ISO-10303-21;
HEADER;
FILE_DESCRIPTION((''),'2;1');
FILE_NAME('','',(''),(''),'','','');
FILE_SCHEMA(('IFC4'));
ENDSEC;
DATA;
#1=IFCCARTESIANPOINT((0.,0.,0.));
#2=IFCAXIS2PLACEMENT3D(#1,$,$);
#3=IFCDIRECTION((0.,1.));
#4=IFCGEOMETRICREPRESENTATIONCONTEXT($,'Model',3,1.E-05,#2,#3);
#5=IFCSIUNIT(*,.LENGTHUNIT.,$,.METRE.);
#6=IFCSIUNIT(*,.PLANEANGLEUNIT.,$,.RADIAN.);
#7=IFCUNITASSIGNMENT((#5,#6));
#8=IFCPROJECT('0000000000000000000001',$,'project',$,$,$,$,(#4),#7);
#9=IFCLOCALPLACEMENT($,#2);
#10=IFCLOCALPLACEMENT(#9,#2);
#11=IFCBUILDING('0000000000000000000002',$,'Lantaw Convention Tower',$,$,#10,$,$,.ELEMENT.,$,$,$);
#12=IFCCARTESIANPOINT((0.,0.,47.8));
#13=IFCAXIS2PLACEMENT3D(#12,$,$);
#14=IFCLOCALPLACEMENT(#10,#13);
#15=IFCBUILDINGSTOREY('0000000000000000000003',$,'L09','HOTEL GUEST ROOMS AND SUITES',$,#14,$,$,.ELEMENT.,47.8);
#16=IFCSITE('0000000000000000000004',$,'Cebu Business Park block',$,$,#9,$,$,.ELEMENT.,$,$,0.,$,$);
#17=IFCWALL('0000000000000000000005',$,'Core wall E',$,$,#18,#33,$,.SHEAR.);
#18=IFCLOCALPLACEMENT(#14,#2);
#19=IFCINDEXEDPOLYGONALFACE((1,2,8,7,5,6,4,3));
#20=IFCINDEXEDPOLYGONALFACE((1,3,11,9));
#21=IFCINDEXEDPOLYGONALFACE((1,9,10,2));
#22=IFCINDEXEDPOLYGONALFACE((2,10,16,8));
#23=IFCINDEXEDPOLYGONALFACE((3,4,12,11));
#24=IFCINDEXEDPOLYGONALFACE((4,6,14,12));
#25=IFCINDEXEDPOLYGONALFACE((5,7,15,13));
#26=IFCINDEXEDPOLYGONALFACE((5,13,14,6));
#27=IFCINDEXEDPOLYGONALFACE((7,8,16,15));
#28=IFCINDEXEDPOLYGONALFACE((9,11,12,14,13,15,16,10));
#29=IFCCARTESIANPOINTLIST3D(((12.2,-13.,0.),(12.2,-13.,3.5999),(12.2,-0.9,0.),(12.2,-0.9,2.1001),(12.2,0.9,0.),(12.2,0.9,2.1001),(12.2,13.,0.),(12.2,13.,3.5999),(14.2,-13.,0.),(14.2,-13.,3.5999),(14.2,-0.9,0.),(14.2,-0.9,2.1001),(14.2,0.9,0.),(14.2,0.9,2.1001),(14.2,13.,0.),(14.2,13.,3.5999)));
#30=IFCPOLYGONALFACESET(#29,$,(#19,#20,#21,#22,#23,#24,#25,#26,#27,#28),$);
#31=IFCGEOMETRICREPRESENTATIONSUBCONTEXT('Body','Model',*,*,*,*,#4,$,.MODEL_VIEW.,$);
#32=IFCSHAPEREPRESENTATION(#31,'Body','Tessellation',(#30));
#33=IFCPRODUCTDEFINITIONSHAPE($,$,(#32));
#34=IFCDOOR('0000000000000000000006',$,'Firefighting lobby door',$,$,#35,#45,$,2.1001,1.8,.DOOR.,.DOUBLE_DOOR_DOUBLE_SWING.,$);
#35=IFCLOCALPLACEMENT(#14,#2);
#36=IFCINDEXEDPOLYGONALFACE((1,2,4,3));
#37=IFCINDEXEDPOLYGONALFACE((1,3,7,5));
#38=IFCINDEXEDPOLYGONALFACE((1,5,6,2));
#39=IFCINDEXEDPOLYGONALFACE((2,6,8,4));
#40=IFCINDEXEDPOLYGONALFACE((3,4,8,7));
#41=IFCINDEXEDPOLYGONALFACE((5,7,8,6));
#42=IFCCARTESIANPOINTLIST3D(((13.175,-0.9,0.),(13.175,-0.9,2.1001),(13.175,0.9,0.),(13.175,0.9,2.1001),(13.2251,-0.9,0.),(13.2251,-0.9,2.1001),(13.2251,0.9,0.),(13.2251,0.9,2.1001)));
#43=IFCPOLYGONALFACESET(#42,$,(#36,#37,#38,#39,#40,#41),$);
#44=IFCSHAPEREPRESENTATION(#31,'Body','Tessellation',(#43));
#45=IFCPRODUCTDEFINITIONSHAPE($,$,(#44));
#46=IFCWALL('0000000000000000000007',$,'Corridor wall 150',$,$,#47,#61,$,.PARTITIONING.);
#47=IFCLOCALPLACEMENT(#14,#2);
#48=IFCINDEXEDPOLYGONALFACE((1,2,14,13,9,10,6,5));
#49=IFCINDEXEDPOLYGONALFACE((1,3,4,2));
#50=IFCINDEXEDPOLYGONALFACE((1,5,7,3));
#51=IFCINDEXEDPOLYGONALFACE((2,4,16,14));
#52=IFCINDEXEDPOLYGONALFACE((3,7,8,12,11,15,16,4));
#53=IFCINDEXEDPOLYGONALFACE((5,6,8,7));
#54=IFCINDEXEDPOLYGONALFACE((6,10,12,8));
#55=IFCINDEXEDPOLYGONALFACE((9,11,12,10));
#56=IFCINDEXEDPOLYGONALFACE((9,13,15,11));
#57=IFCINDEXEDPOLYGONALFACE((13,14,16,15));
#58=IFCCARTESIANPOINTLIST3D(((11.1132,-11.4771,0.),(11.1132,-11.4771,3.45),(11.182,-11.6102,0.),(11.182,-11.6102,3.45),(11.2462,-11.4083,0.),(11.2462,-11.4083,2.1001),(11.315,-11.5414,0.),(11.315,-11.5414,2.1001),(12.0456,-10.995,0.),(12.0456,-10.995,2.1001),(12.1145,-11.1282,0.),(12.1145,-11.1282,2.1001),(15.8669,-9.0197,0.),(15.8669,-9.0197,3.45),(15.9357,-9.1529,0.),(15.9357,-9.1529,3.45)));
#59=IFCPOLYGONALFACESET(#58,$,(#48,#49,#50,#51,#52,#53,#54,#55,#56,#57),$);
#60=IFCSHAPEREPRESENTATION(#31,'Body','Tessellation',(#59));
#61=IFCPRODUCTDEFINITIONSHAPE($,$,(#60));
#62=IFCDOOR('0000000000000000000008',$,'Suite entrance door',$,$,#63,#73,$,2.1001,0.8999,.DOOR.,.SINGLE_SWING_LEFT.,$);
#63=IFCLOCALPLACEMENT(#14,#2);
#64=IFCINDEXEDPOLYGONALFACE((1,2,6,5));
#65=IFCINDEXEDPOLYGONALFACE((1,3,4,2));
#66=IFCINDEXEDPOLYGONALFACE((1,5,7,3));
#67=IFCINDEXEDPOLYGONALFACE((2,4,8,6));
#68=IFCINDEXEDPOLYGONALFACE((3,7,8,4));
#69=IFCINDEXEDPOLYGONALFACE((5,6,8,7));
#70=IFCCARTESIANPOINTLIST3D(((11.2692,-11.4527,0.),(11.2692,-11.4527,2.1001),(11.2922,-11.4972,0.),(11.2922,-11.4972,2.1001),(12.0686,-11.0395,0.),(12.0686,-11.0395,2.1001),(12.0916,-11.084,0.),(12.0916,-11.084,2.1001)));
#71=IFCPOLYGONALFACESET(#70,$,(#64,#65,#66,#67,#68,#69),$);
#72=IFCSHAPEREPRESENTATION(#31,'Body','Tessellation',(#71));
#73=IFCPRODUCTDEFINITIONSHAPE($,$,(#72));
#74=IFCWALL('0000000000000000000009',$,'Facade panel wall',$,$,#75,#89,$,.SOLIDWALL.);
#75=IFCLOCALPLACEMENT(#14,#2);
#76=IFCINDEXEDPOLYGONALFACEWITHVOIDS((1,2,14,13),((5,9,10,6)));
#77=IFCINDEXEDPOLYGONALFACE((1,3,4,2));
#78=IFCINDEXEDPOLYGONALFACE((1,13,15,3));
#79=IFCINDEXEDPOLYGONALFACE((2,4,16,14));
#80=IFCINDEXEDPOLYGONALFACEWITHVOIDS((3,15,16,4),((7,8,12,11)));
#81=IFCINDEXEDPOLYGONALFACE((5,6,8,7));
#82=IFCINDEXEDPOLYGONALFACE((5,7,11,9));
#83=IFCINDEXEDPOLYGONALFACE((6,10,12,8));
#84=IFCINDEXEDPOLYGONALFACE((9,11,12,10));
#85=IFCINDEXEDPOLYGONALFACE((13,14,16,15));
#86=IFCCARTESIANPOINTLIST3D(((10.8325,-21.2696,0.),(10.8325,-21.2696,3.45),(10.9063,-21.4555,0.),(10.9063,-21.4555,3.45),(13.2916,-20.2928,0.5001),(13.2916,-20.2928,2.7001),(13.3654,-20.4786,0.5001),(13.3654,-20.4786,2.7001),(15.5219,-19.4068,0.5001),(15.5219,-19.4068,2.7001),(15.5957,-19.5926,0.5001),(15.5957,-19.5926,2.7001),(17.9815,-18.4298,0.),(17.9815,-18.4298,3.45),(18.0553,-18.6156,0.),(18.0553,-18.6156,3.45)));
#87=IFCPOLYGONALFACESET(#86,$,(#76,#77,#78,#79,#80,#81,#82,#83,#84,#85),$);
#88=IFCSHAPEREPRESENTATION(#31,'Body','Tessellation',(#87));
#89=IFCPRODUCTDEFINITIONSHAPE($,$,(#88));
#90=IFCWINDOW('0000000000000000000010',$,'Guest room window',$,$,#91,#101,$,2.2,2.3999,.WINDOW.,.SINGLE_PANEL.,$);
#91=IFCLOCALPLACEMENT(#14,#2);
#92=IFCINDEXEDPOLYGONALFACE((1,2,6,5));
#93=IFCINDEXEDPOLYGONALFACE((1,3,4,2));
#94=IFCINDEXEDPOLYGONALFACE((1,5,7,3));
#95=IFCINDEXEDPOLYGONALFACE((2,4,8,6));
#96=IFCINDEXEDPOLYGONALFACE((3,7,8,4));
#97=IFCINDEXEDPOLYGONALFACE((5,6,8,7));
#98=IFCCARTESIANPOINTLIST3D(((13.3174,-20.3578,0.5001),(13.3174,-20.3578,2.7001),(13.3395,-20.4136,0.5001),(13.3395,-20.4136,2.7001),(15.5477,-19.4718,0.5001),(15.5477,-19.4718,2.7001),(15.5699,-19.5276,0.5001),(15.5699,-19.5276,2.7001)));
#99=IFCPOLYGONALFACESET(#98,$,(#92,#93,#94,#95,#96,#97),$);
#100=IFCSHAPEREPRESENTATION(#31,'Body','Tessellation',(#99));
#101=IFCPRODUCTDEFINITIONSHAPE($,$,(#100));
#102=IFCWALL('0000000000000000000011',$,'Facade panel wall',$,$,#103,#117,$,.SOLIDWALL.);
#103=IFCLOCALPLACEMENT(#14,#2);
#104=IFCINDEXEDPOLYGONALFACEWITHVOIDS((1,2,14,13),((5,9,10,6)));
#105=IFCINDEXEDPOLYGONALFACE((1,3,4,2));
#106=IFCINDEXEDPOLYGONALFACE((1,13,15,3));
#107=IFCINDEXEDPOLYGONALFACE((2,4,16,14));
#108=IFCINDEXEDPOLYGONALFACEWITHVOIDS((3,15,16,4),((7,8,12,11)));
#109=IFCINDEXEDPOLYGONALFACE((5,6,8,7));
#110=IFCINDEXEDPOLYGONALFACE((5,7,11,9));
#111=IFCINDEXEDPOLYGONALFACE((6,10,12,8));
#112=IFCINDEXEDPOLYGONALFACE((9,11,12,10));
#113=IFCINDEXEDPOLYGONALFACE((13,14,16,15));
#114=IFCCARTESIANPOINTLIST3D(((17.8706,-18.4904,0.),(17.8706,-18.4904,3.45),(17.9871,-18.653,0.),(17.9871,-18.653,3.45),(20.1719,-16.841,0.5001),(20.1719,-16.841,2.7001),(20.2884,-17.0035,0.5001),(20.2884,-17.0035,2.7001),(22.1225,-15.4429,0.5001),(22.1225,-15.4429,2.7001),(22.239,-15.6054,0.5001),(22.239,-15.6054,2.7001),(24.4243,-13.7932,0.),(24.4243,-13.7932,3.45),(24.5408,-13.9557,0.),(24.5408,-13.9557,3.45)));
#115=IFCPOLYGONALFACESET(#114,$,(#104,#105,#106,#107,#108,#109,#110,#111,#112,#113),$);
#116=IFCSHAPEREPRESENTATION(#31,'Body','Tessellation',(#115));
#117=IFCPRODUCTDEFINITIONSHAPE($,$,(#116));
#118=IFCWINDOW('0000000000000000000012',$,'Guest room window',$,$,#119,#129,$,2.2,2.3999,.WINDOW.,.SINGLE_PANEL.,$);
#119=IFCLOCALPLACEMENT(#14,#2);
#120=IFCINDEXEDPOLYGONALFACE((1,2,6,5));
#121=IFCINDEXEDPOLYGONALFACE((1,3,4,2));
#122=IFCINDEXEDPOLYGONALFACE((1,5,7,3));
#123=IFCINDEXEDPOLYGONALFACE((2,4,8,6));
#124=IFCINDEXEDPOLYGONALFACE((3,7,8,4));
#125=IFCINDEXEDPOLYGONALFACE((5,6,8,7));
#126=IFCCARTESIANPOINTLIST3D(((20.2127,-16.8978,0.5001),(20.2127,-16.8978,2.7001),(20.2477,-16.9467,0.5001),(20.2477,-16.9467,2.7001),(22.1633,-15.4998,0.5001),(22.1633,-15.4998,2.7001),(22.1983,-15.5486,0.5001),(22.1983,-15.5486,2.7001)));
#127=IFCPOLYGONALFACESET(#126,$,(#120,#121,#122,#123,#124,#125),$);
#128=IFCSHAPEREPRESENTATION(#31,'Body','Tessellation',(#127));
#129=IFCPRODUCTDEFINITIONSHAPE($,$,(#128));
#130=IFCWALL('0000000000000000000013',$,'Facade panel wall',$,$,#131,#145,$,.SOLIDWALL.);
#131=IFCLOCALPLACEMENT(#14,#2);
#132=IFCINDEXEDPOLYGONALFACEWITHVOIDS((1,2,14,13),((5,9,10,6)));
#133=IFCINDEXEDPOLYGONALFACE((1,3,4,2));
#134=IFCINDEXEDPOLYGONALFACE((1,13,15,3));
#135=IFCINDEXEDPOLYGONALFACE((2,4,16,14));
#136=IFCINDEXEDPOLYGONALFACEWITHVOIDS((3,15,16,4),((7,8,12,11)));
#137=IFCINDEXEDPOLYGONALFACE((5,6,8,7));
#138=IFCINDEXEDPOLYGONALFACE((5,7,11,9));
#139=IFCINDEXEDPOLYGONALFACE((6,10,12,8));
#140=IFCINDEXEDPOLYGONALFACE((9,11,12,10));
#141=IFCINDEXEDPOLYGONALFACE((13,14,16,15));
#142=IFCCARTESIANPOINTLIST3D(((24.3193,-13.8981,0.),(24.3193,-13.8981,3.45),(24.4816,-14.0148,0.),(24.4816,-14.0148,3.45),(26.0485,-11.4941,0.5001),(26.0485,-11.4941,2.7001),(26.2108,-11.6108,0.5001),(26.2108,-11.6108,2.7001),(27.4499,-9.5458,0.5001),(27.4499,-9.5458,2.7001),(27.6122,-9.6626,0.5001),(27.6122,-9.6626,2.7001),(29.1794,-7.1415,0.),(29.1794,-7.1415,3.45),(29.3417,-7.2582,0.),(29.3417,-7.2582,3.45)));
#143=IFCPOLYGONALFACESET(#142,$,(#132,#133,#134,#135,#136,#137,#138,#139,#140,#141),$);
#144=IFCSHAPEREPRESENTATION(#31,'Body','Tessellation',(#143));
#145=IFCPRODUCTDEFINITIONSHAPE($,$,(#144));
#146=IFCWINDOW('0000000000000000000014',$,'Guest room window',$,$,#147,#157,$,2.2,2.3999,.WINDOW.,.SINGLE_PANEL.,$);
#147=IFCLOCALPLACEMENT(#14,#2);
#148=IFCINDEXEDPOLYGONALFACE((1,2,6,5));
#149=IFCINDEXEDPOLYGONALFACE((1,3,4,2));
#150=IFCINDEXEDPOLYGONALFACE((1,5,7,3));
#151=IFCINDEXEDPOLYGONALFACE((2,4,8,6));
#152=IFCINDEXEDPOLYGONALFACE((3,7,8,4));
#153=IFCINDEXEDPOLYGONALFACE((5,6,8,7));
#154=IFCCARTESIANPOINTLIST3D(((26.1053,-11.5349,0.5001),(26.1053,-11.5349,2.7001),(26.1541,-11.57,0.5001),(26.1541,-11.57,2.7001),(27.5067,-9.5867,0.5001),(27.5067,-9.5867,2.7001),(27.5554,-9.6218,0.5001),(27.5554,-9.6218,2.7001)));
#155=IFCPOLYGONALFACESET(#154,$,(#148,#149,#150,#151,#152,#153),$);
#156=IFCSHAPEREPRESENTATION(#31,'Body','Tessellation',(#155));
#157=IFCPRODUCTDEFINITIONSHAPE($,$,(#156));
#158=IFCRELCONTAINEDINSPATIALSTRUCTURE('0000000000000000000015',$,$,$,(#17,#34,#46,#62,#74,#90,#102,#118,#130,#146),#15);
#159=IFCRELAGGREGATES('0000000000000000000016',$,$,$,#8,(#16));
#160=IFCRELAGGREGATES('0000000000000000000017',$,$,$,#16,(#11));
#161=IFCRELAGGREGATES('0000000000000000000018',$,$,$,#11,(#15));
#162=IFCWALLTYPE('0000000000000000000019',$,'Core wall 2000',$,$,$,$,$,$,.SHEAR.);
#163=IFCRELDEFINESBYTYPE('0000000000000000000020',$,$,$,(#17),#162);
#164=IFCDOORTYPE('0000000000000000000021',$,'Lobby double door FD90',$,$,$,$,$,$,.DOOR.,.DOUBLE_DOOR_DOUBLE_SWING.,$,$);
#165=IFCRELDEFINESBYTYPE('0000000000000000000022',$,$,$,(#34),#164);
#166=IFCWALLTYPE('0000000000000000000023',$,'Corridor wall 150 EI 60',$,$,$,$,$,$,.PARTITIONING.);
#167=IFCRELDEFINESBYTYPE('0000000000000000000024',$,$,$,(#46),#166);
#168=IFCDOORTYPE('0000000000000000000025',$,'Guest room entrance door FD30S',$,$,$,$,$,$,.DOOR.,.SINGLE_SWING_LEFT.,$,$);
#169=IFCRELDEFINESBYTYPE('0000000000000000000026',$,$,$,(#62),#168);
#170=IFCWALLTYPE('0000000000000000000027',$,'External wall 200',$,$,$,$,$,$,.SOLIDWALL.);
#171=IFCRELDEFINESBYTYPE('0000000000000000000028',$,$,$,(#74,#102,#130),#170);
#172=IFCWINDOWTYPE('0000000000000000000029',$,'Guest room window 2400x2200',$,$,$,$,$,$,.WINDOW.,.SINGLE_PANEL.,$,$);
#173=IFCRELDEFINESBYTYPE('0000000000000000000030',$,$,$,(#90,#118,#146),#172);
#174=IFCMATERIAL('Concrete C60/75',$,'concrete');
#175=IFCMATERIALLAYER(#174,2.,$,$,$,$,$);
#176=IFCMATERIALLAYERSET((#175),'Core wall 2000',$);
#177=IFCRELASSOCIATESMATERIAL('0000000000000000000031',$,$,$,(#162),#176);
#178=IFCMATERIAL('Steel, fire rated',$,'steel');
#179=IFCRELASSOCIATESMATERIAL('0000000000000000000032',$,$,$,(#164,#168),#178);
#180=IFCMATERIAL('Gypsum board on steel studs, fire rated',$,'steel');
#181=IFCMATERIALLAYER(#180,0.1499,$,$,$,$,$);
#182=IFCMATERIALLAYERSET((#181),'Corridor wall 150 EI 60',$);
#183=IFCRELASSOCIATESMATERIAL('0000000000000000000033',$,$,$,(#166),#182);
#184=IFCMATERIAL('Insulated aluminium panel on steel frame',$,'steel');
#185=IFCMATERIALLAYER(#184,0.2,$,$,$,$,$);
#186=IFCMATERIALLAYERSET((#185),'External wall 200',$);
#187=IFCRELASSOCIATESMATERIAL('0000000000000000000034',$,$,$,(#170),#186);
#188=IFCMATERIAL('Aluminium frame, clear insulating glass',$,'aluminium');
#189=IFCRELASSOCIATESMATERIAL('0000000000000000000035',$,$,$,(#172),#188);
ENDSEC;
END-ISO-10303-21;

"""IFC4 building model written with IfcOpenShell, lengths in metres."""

from ifc_helpers import new_model, si_unit, direction, frame, frame_2d, origin, place, context, subcontext, project, spatial, rectangle, extrude, material, layer, layer_set, type_object, element, fill, save


model = new_model("IFC4")

# Units and contexts
model_context = context("Model", 3, precision=1e-05, world=origin(), true_north=direction((0.0, 1.0)))
body_context = subcontext(model_context, "Body", "Model", "MODEL_VIEW")
ifc_project = project(units=[si_unit("LENGTHUNIT", "METRE"), si_unit("PLANEANGLEUNIT", "RADIAN")], contexts=[model_context])

# Site, building, storey
site_placement = place(None, origin())
site = spatial("IfcSite", under=ifc_project, at=site_placement, Name="Cebu Business Park block", CompositionType="ELEMENT", RefElevation=0.0)
building_placement = place(site_placement, origin())
building = spatial("IfcBuilding", under=site, at=building_placement, Name="Lantaw Convention Tower", CompositionType="ELEMENT")
storey_placement = place(building_placement, frame((0.0, 0.0, 47.8)))
storey = spatial("IfcBuildingStorey", under=building, at=storey_placement, Name="L09", Description="HOTEL GUEST ROOMS AND SUITES", CompositionType="ELEMENT", Elevation=47.8)

# Shared definitions
ifc_material_1 = material(Name="Concrete C60/75", Category="concrete")

# Walls, openings, doors
ifc_layer_1 = layer(ifc_material_1, 2.0)
ifc_layer_set_1 = layer_set([ifc_layer_1], Name="Core wall 2000")
wall_type_1 = type_object("IfcWallType", Name="Core wall 2000", PredefinedType="SHEAR", material=ifc_layer_set_1)
wall_1_placement = place(storey_placement, frame((13.2, -13.0, 0.0), z_axis=(0.0, 0.0, 1.0), x_axis=(0.0, 1.0, 0.0)))
wall_1 = element("IfcWall", 1, at=wall_1_placement, inside=storey, type_object=wall_type_1, Name="Core wall E", PredefinedType="SHEAR", context=body_context, shape_type="SweptSolid", body=[
    extrude(rectangle(XDim=26.0, YDim=2.0, at=frame_2d((13.0, 0.0))), origin(), (0.0, 0.0, 1.0), 3.5999),
])
opening_1_placement = place(wall_1_placement, frame((12.1001, 0.0, 0.0)))
opening_1 = element("IfcOpeningElement", 2, at=opening_1_placement, cuts=wall_1, PredefinedType="OPENING", context=body_context, shape_type="SweptSolid", body=[
    extrude(rectangle(XDim=1.8, YDim=2.1001, at=frame_2d((0.8999, 1.05))), frame((0.0, 1.01, 0.0), z_axis=(0.0, -1.0, 0.0), x_axis=(1.0, 0.0, 0.0)), (0.0, 0.0, 1.0), 2.02),
])
ifc_material_2 = material(Name="Steel, fire rated", Category="steel")
door_type_1 = type_object("IfcDoorType", Name="Lobby double door FD90", OperationType="DOUBLE_DOOR_DOUBLE_SWING", PredefinedType="DOOR", material=ifc_material_2)
door_1_placement = place(opening_1_placement, origin())
door_1 = element("IfcDoor", 3, at=door_1_placement, inside=storey, type_object=door_type_1, Name="Firefighting lobby door", OperationType="DOUBLE_DOOR_DOUBLE_SWING", OverallHeight=2.1001, OverallWidth=1.8, PredefinedType="DOOR", context=body_context, shape_type="SweptSolid", body=[
    extrude(rectangle(XDim=1.8, YDim=2.1001, at=frame_2d((0.8999, 1.05))), frame((0.0, 0.0249, 0.0), z_axis=(0.0, -1.0, 0.0), x_axis=(1.0, 0.0, 0.0)), (0.0, 0.0, 1.0), 0.05),
])
fill(opening_1, door_1)
ifc_material_3 = material(Name="Gypsum board on steel studs, fire rated", Category="steel")
ifc_layer_2 = layer(ifc_material_3, 0.1499)
ifc_layer_set_2 = layer_set([ifc_layer_2], Name="Corridor wall 150 EI 60")
wall_type_2 = type_object("IfcWallType", Name="Corridor wall 150 EI 60", PredefinedType="PARTITIONING", material=ifc_layer_set_2)
wall_2_placement = place(storey_placement, frame((11.1475, -11.5437, 0.0), z_axis=(0.0, 0.0, 1.0), x_axis=(0.888333, 0.459199, 0.0)))
wall_2 = element("IfcWall", 4, at=wall_2_placement, inside=storey, type_object=wall_type_2, Name="Corridor wall 150", PredefinedType="PARTITIONING", context=body_context, shape_type="SweptSolid", body=[
    extrude(rectangle(XDim=5.3513, YDim=0.1499, at=frame_2d((2.6758, 0.0))), origin(), (0.0, 0.0, 1.0), 3.45),
])
opening_2_placement = place(wall_2_placement, frame((0.1499, 0.0, 0.0)))
opening_2 = element("IfcOpeningElement", 5, at=opening_2_placement, cuts=wall_2, PredefinedType="OPENING", context=body_context, shape_type="SweptSolid", body=[
    extrude(rectangle(XDim=0.8999, YDim=2.1001, at=frame_2d((0.45, 1.05))), frame((0.0, 0.085, 0.0), z_axis=(0.0, -1.0, 0.0), x_axis=(1.0, 0.0, 0.0)), (0.0, 0.0, 1.0), 0.1699),
])
door_type_2 = type_object("IfcDoorType", Name="Guest room entrance door FD30S", OperationType="SINGLE_SWING_LEFT", PredefinedType="DOOR", material=ifc_material_2)
door_2_placement = place(opening_2_placement, origin())
door_2 = element("IfcDoor", 6, at=door_2_placement, inside=storey, type_object=door_type_2, Name="Suite entrance door", OperationType="SINGLE_SWING_LEFT", OverallHeight=2.1001, OverallWidth=0.8999, PredefinedType="DOOR", context=body_context, shape_type="SweptSolid", body=[
    extrude(rectangle(XDim=0.8999, YDim=2.1001, at=frame_2d((0.45, 1.05))), frame((0.0, 0.0249, 0.0), z_axis=(0.0, -1.0, 0.0), x_axis=(1.0, 0.0, 0.0)), (0.0, 0.0, 1.0), 0.05),
])
fill(opening_2, door_2)

# Walls, openings, windows
ifc_material_4 = material(Name="Insulated aluminium panel on steel frame", Category="steel")
ifc_layer_3 = layer(ifc_material_4, 0.2)
ifc_layer_set_3 = layer_set([ifc_layer_3], Name="External wall 200")
wall_type_3 = type_object("IfcWallType", Name="External wall 200", PredefinedType="SOLIDWALL", material=ifc_layer_set_3)
wall_3_placement = place(storey_placement, frame((10.8694, -21.3625, 0.0), z_axis=(0.0, 0.0, 1.0), x_axis=(0.929358, 0.369179, 0.0)))
wall_3 = element("IfcWall", 7, at=wall_3_placement, inside=storey, type_object=wall_type_3, Name="Facade panel wall", PredefinedType="SOLIDWALL", context=body_context, shape_type="SweptSolid", body=[
    extrude(rectangle(XDim=7.6924, YDim=0.2, at=frame_2d((3.8462, 0.0))), origin(), (0.0, 0.0, 1.0), 3.45),
])
opening_3_placement = place(wall_3_placement, frame((2.646, 0.0, 0.5)))
opening_3 = element("IfcOpeningElement", 8, at=opening_3_placement, cuts=wall_3, PredefinedType="OPENING", context=body_context, shape_type="SweptSolid", body=[
    extrude(rectangle(XDim=2.3999, YDim=2.2, at=frame_2d((1.2, 1.1001))), frame((0.0, 0.1099, 0.0), z_axis=(0.0, -1.0, 0.0), x_axis=(1.0, 0.0, 0.0)), (0.0, 0.0, 1.0), 0.22),
])
ifc_material_5 = material(Name="Aluminium frame, clear insulating glass", Category="aluminium")
window_type = type_object("IfcWindowType", Name="Guest room window 2400x2200", PartitioningType="SINGLE_PANEL", PredefinedType="WINDOW", material=ifc_material_5)
window_1_placement = place(opening_3_placement, origin())
window_1 = element("IfcWindow", 9, at=window_1_placement, inside=storey, type_object=window_type, Name="Guest room window", OverallHeight=2.2, OverallWidth=2.3999, PartitioningType="SINGLE_PANEL", PredefinedType="WINDOW", context=body_context, shape_type="SweptSolid", body=[
    extrude(rectangle(XDim=2.3999, YDim=2.2, at=frame_2d((1.2, 1.1001))), frame((0.0, 0.03, 0.0), z_axis=(0.0, -1.0, 0.0), x_axis=(1.0, 0.0, 0.0)), (0.0, 0.0, 1.0), 0.0601),
])
fill(opening_3, window_1)
wall_4_placement = place(storey_placement, frame((17.9287, -18.5718, 0.0), z_axis=(0.0, 0.0, 1.0), x_axis=(0.812791, 0.582555, 0.0)))
wall_4 = element("IfcWall", 10, at=wall_4_placement, inside=storey, type_object=wall_type_3, Name="Facade panel wall", PredefinedType="SOLIDWALL", context=body_context, shape_type="SweptSolid", body=[
    extrude(rectangle(XDim=8.0632, YDim=0.2, at=frame_2d((4.0317, 0.0))), origin(), (0.0, 0.0, 1.0), 3.45),
])
opening_4_placement = place(wall_4_placement, frame((2.8315, 0.0, 0.5)))
opening_4 = element("IfcOpeningElement", 11, at=opening_4_placement, cuts=wall_4, PredefinedType="OPENING", context=body_context, shape_type="SweptSolid", body=[
    extrude(rectangle(XDim=2.3999, YDim=2.2, at=frame_2d((1.2, 1.1001))), frame((0.0, 0.1099, 0.0), z_axis=(0.0, -1.0, 0.0), x_axis=(1.0, 0.0, 0.0)), (0.0, 0.0, 1.0), 0.22),
])
window_2_placement = place(opening_4_placement, origin())
window_2 = element("IfcWindow", 12, at=window_2_placement, inside=storey, type_object=window_type, Name="Guest room window", OverallHeight=2.2, OverallWidth=2.3999, PartitioningType="SINGLE_PANEL", PredefinedType="WINDOW", context=body_context, shape_type="SweptSolid", body=[
    extrude(rectangle(XDim=2.3999, YDim=2.2, at=frame_2d((1.2, 1.1001))), frame((0.0, 0.03, 0.0), z_axis=(0.0, -1.0, 0.0), x_axis=(1.0, 0.0, 0.0)), (0.0, 0.0, 1.0), 0.0601),
])
fill(opening_4, window_2)
wall_5_placement = place(storey_placement, frame((24.4004, -13.9565, 0.0), z_axis=(0.0, 0.0, 1.0), x_axis=(0.583938, 0.811799, 0.0)))
wall_5 = element("IfcWall", 13, at=wall_5_placement, inside=storey, type_object=wall_type_3, Name="Facade panel wall", PredefinedType="SOLIDWALL", context=body_context, shape_type="SweptSolid", body=[
    extrude(rectangle(XDim=8.323, YDim=0.2, at=frame_2d((4.1616, 0.0))), origin(), (0.0, 0.0, 1.0), 3.45),
])
opening_5_placement = place(wall_5_placement, frame((2.9614, 0.0, 0.5)))
opening_5 = element("IfcOpeningElement", 14, at=opening_5_placement, cuts=wall_5, PredefinedType="OPENING", context=body_context, shape_type="SweptSolid", body=[
    extrude(rectangle(XDim=2.3999, YDim=2.2, at=frame_2d((1.2, 1.1001))), frame((0.0, 0.1099, 0.0), z_axis=(0.0, -1.0, 0.0), x_axis=(1.0, 0.0, 0.0)), (0.0, 0.0, 1.0), 0.22),
])
window_3_placement = place(opening_5_placement, origin())
window_3 = element("IfcWindow", 15, at=window_3_placement, inside=storey, type_object=window_type, Name="Guest room window", OverallHeight=2.2, OverallWidth=2.3999, PartitioningType="SINGLE_PANEL", PredefinedType="WINDOW", context=body_context, shape_type="SweptSolid", body=[
    extrude(rectangle(XDim=2.3999, YDim=2.2, at=frame_2d((1.2, 1.1001))), frame((0.0, 0.03, 0.0), z_axis=(0.0, -1.0, 0.0), x_axis=(1.0, 0.0, 0.0)), (0.0, 0.0, 1.0), 0.0601),
])
fill(opening_5, window_3)

save(model, "model.ifc")
